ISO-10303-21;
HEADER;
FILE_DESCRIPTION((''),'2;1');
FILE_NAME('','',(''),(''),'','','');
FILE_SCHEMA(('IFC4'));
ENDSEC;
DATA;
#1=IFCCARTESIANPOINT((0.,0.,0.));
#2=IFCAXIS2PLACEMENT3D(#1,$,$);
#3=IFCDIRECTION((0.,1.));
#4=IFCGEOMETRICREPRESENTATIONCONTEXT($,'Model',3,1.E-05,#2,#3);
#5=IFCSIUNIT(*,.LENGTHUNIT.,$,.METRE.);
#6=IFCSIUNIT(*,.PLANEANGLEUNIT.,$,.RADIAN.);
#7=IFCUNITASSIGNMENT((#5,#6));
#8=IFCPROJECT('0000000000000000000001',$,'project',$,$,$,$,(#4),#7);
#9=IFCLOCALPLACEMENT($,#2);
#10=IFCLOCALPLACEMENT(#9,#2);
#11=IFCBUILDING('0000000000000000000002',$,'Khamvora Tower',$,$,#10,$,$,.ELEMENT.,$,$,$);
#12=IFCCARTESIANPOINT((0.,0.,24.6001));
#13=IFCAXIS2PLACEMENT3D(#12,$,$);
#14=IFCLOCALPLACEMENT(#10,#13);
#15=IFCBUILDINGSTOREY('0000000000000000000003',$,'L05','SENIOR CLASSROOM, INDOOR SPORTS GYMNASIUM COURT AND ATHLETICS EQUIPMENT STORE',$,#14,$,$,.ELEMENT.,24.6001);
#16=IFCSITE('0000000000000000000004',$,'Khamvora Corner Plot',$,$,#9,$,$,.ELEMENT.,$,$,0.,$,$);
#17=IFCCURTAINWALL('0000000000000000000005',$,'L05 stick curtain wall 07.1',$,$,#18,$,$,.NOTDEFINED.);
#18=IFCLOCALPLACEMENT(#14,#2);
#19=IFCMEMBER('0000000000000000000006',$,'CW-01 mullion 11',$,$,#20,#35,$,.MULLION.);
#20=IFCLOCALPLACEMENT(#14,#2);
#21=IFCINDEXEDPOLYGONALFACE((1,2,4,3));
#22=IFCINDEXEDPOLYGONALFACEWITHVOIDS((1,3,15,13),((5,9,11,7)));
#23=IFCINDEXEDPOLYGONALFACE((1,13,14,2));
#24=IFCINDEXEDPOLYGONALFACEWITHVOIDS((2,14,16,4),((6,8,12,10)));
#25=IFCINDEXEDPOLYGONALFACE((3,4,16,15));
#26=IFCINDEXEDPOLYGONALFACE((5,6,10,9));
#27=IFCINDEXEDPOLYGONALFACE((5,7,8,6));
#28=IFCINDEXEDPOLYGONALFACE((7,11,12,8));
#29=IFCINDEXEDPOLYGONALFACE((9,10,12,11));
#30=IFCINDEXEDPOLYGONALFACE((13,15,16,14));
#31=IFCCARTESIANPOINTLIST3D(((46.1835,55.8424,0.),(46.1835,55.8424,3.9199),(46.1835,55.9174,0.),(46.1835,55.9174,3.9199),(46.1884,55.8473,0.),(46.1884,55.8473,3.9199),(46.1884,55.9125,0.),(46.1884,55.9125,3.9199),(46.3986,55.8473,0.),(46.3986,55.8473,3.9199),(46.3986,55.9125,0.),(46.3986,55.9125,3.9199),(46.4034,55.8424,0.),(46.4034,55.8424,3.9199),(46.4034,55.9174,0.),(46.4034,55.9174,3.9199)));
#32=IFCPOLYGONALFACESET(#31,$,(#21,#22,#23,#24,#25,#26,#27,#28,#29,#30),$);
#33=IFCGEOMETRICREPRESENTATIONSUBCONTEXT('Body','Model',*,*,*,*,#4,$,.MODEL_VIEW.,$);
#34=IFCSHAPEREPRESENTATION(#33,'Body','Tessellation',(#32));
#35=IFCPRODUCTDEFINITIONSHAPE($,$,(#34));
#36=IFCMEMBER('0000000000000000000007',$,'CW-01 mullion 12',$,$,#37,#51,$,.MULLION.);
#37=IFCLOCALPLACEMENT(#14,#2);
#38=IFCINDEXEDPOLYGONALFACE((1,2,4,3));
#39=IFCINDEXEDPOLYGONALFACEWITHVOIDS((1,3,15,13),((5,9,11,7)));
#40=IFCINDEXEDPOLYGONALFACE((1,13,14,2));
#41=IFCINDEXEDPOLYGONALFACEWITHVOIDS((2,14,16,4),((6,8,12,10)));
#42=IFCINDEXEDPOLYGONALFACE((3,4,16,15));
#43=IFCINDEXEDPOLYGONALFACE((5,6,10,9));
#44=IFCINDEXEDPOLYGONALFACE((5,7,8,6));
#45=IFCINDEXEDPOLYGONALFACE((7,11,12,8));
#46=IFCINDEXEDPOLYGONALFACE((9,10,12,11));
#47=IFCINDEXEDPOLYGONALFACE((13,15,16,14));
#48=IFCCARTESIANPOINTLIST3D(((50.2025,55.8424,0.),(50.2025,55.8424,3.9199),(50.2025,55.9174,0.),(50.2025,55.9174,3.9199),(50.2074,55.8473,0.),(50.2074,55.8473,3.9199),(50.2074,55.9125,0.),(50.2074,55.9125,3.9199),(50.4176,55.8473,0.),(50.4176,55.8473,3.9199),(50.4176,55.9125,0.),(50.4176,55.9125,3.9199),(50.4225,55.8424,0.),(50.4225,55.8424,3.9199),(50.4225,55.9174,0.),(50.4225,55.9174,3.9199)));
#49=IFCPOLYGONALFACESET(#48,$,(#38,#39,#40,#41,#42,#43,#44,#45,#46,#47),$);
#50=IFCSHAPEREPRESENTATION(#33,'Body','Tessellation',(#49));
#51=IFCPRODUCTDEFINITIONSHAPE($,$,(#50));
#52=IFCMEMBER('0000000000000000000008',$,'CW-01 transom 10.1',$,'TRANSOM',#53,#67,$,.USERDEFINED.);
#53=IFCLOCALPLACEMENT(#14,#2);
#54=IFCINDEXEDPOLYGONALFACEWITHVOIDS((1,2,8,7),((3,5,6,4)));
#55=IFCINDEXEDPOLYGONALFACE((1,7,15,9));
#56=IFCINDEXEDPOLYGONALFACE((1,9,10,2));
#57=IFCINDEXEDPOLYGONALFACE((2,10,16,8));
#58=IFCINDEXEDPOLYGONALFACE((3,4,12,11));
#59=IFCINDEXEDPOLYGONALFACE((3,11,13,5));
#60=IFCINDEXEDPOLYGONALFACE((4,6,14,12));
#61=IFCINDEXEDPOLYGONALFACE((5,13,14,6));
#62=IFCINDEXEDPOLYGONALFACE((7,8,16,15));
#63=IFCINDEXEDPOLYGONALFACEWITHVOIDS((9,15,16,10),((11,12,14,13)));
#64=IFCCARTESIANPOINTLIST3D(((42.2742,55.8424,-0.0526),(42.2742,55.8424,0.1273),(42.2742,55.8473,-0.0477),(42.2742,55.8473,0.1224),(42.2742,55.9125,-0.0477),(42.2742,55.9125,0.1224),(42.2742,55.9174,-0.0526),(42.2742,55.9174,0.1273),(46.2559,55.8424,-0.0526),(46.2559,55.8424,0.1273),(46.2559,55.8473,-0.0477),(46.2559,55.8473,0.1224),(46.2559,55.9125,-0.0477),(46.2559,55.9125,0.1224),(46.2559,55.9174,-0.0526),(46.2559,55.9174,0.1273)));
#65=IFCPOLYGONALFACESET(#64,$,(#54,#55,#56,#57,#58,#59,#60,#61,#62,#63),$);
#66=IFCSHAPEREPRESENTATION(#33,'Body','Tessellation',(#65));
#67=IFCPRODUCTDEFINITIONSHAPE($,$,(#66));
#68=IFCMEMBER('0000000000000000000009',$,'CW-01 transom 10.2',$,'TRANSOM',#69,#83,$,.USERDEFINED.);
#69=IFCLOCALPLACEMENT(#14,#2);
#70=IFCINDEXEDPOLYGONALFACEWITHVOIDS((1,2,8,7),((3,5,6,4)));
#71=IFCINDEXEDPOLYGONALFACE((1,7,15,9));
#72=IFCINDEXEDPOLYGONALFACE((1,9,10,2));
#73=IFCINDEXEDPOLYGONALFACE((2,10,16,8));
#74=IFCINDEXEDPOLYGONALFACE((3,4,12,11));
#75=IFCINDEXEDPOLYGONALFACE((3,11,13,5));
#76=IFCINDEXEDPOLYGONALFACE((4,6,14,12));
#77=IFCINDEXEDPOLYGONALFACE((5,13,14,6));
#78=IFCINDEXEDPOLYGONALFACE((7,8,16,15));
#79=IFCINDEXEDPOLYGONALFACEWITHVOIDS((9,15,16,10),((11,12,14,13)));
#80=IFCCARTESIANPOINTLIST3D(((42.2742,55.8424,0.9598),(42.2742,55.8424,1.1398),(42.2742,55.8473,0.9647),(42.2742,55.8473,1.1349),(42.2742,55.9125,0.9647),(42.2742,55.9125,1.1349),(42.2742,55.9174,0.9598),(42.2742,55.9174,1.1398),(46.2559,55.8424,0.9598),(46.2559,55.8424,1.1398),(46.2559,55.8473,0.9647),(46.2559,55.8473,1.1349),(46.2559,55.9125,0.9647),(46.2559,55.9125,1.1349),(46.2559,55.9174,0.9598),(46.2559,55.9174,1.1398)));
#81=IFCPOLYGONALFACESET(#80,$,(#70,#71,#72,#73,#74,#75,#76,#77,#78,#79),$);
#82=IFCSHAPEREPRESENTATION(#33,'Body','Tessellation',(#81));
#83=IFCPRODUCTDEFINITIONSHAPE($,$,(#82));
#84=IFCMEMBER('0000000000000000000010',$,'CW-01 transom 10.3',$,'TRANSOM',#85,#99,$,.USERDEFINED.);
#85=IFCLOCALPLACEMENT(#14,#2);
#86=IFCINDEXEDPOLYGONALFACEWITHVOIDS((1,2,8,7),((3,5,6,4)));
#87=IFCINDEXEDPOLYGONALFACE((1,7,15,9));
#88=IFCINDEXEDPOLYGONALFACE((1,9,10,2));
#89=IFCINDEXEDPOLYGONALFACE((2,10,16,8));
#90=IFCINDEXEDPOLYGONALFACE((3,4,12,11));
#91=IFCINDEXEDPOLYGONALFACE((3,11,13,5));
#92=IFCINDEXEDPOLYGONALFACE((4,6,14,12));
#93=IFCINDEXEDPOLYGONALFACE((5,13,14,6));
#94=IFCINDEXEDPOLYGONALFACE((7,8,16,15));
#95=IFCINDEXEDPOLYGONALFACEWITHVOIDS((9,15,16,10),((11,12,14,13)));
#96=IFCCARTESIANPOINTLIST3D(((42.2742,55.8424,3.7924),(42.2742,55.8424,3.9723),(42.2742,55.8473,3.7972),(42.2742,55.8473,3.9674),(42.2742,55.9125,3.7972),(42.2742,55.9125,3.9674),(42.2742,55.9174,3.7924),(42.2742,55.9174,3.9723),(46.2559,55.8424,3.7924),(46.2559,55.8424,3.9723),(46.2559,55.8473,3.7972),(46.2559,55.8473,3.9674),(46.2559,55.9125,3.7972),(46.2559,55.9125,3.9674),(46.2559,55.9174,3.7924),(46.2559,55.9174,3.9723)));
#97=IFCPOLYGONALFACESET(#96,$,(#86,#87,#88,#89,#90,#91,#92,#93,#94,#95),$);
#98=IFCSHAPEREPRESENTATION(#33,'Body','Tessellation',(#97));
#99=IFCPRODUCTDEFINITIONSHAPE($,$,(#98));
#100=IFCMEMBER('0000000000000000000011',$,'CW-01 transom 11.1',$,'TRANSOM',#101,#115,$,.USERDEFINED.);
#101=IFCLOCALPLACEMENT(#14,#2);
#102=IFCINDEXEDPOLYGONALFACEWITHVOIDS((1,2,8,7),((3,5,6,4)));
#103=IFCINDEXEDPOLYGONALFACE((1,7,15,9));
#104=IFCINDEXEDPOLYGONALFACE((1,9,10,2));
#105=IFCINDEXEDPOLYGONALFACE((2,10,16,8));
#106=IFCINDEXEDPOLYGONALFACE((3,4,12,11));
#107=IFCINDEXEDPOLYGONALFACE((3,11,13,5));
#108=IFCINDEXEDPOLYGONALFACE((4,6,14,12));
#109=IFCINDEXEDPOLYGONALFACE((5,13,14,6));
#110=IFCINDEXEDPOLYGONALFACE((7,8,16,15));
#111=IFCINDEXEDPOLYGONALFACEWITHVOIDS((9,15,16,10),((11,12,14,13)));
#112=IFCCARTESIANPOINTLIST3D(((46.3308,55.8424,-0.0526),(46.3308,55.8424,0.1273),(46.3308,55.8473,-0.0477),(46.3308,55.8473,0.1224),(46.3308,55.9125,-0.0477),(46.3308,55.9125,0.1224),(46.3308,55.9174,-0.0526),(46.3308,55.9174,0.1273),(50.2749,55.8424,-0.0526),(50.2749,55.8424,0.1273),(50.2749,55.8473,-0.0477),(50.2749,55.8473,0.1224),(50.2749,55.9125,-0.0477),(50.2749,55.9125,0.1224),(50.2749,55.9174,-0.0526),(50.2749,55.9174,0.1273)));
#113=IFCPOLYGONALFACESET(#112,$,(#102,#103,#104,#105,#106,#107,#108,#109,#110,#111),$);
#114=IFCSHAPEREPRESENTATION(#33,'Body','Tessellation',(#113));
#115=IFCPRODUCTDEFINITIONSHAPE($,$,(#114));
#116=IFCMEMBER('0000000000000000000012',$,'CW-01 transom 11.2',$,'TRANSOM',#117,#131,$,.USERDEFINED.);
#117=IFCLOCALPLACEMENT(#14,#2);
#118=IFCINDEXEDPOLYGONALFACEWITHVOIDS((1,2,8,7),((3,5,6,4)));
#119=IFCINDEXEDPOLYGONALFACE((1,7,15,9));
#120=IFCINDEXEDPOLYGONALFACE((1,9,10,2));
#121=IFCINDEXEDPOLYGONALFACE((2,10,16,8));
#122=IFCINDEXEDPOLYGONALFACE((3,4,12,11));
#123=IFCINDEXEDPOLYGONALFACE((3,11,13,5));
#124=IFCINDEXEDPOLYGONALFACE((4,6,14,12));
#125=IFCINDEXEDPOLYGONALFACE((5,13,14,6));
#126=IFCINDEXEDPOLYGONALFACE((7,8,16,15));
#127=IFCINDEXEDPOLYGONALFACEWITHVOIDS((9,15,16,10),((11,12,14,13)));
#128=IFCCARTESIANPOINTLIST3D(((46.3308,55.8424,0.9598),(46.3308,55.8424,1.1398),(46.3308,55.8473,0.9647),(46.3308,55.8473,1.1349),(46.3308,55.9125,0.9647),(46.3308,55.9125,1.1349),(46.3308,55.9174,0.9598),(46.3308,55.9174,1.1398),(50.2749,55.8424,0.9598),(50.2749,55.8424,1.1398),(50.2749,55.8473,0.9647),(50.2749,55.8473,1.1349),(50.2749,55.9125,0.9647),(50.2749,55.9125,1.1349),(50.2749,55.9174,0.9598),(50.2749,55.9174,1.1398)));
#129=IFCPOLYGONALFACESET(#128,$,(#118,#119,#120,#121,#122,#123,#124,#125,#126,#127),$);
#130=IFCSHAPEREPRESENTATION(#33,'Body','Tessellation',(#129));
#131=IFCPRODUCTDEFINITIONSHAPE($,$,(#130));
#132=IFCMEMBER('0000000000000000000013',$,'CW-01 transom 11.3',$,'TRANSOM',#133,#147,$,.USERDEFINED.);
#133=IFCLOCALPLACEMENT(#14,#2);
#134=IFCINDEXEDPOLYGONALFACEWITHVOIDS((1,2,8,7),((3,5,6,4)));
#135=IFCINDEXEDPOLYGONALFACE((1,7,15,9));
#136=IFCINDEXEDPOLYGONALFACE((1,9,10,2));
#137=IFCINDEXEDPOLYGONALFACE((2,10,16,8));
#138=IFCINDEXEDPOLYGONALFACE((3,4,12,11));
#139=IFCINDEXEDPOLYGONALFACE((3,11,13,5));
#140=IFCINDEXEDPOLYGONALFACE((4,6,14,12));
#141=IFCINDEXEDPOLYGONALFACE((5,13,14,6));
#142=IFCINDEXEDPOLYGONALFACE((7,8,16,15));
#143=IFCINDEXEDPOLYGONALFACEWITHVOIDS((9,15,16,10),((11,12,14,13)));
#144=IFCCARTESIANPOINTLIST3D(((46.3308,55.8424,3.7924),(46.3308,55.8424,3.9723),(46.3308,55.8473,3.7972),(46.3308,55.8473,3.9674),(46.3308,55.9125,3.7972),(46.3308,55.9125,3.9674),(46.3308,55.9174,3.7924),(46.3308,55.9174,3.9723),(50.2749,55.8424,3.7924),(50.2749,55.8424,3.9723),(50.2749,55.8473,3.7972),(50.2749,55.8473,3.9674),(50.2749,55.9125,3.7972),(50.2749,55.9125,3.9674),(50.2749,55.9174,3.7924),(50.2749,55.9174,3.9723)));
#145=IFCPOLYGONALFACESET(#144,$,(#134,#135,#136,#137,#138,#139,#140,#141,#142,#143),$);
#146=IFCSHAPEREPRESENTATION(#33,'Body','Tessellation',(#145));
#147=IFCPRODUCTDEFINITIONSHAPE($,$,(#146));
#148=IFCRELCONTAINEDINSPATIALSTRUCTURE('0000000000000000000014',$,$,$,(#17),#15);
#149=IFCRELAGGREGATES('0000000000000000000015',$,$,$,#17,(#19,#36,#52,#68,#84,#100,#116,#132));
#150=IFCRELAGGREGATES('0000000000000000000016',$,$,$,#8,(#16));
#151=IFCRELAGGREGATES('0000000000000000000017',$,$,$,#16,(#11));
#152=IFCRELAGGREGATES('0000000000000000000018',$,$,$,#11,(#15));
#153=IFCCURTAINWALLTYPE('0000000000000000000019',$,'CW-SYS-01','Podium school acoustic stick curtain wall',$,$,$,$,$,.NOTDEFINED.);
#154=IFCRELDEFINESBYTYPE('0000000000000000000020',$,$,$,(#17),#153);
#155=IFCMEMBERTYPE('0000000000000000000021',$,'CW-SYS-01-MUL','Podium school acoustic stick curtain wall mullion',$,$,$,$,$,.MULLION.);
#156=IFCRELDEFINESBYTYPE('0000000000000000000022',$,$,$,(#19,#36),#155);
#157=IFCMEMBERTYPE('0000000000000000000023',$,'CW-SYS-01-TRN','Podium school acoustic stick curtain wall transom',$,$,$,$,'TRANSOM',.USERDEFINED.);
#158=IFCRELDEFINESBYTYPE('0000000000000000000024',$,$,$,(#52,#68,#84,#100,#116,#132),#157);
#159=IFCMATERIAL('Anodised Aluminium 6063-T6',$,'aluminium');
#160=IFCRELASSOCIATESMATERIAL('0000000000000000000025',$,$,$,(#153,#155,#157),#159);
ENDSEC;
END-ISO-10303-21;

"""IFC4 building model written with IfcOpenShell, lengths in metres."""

from ifc_helpers import new_model, si_unit, direction, frame, origin, origin_2d, place, context, subcontext, project, spatial, hollow_rectangle, extrude, material, material_profile, profile_set, type_object, element, aggregate, save


model = new_model("IFC4")

# Units and contexts
model_context = context("Model", 3, precision=1e-05, world=origin(), true_north=direction((0.0, 1.0)))
body_context = subcontext(model_context, "Body", "Model", "MODEL_VIEW")
ifc_project = project(units=[si_unit("LENGTHUNIT", "METRE"), si_unit("PLANEANGLEUNIT", "RADIAN")], contexts=[model_context])

# Site, building, storey
site_placement = place(None, origin())
site = spatial("IfcSite", under=ifc_project, at=site_placement, Name="Khamvora Corner Plot", CompositionType="ELEMENT", RefElevation=0.0)
building_placement = place(site_placement, origin())
building = spatial("IfcBuilding", under=site, at=building_placement, Name="Khamvora Tower", CompositionType="ELEMENT")
storey_placement = place(building_placement, frame((0.0, 0.0, 24.6001)))
storey = spatial("IfcBuildingStorey", under=building, at=storey_placement, Name="L05", Description="SENIOR CLASSROOM, INDOOR SPORTS GYMNASIUM COURT AND ATHLETICS EQUIPMENT STORE", CompositionType="ELEMENT", Elevation=24.6001)

# Curtain wall, members
ifc_material_1 = material(Name="Anodised Aluminium 6063-T6", Category="aluminium")
curtain_wall_type = type_object("IfcCurtainWallType", Name="CW-SYS-01", Description="Podium school acoustic stick curtain wall", PredefinedType="NOTDEFINED", material=ifc_material_1)
curtain_wall_placement = place(storey_placement, origin())
curtain_wall = element("IfcCurtainWall", 1, at=curtain_wall_placement, inside=storey, type_object=curtain_wall_type, Name="L05 stick curtain wall 07.1", PredefinedType="NOTDEFINED")
ifc_material_profile_1 = material_profile(ifc_material_1, hollow_rectangle(XDim=0.075, YDim=0.22, WallThickness=0.0049, at=origin_2d()), Name="MUL75x220x5")
ifc_profile_set_1 = profile_set([ifc_material_profile_1], Name="Anodised Aluminium 6063-T6")
member_type_1 = type_object("IfcMemberType", Name="CW-SYS-01-MUL", Description="Podium school acoustic stick curtain wall mullion", PredefinedType="MULLION", material=ifc_profile_set_1)
member_1_placement = place(storey_placement, frame((46.2935, 55.8799, 0.0), z_axis=(0.0, 0.0, 1.0), x_axis=(0.0, 1.0, 0.0)))
member_1 = element("IfcMember", 2, at=member_1_placement, type_object=member_type_1, Name="CW-01 mullion 11", PredefinedType="MULLION", context=body_context, shape_type="SweptSolid", body=[
    extrude(hollow_rectangle(XDim=0.075, YDim=0.22, WallThickness=0.0049, at=origin_2d()), origin(), (0.0, 0.0, 1.0), 3.9199),
])
member_2_placement = place(storey_placement, frame((50.3125, 55.8799, 0.0), z_axis=(0.0, 0.0, 1.0), x_axis=(0.0, 1.0, 0.0)))
member_2 = element("IfcMember", 3, at=member_2_placement, type_object=member_type_1, Name="CW-01 mullion 12", PredefinedType="MULLION", context=body_context, shape_type="SweptSolid", body=[
    extrude(hollow_rectangle(XDim=0.075, YDim=0.22, WallThickness=0.0049, at=origin_2d()), origin(), (0.0, 0.0, 1.0), 3.9199),
])
ifc_material_profile_2 = material_profile(ifc_material_1, hollow_rectangle(XDim=0.075, YDim=0.1799, WallThickness=0.0049, at=origin_2d()), Name="TRN75x180x5")
ifc_profile_set_2 = profile_set([ifc_material_profile_2], Name="Anodised Aluminium 6063-T6")
member_type_2 = type_object("IfcMemberType", Name="CW-SYS-01-TRN", Description="Podium school acoustic stick curtain wall transom", ElementType="TRANSOM", PredefinedType="USERDEFINED", material=ifc_profile_set_2)
member_3_placement = place(storey_placement, frame((42.2742, 55.8799, 0.0374), z_axis=(1.0, 0.0, 0.0), x_axis=(0.0, 1.0, 0.0)))
member_3 = element("IfcMember", 4, at=member_3_placement, type_object=member_type_2, Name="CW-01 transom 10.1", ObjectType="TRANSOM", PredefinedType="USERDEFINED", context=body_context, shape_type="SweptSolid", body=[
    extrude(hollow_rectangle(XDim=0.075, YDim=0.1799, WallThickness=0.0049, at=origin_2d()), origin(), (0.0, 0.0, 1.0), 3.9817),
])
member_4_placement = place(storey_placement, frame((42.2742, 55.8799, 1.0498), z_axis=(1.0, 0.0, 0.0), x_axis=(0.0, 1.0, 0.0)))
member_4 = element("IfcMember", 5, at=member_4_placement, type_object=member_type_2, Name="CW-01 transom 10.2", ObjectType="TRANSOM", PredefinedType="USERDEFINED", context=body_context, shape_type="SweptSolid", body=[
    extrude(hollow_rectangle(XDim=0.075, YDim=0.1799, WallThickness=0.0049, at=origin_2d()), origin(), (0.0, 0.0, 1.0), 3.9817),
])
member_5_placement = place(storey_placement, frame((42.2742, 55.8799, 3.8823), z_axis=(1.0, 0.0, 0.0), x_axis=(0.0, 1.0, 0.0)))
member_5 = element("IfcMember", 6, at=member_5_placement, type_object=member_type_2, Name="CW-01 transom 10.3", ObjectType="TRANSOM", PredefinedType="USERDEFINED", context=body_context, shape_type="SweptSolid", body=[
    extrude(hollow_rectangle(XDim=0.075, YDim=0.1799, WallThickness=0.0049, at=origin_2d()), origin(), (0.0, 0.0, 1.0), 3.9817),
])
member_6_placement = place(storey_placement, frame((46.3308, 55.8799, 0.0374), z_axis=(1.0, 0.0, 0.0), x_axis=(0.0, 1.0, 0.0)))
member_6 = element("IfcMember", 7, at=member_6_placement, type_object=member_type_2, Name="CW-01 transom 11.1", ObjectType="TRANSOM", PredefinedType="USERDEFINED", context=body_context, shape_type="SweptSolid", body=[
    extrude(hollow_rectangle(XDim=0.075, YDim=0.1799, WallThickness=0.0049, at=origin_2d()), origin(), (0.0, 0.0, 1.0), 3.9441),
])
member_7_placement = place(storey_placement, frame((46.3308, 55.8799, 1.0498), z_axis=(1.0, 0.0, 0.0), x_axis=(0.0, 1.0, 0.0)))
member_7 = element("IfcMember", 8, at=member_7_placement, type_object=member_type_2, Name="CW-01 transom 11.2", ObjectType="TRANSOM", PredefinedType="USERDEFINED", context=body_context, shape_type="SweptSolid", body=[
    extrude(hollow_rectangle(XDim=0.075, YDim=0.1799, WallThickness=0.0049, at=origin_2d()), origin(), (0.0, 0.0, 1.0), 3.9441),
])
member_8_placement = place(storey_placement, frame((46.3308, 55.8799, 3.8823), z_axis=(1.0, 0.0, 0.0), x_axis=(0.0, 1.0, 0.0)))
member_8 = element("IfcMember", 9, at=member_8_placement, type_object=member_type_2, Name="CW-01 transom 11.3", ObjectType="TRANSOM", PredefinedType="USERDEFINED", context=body_context, shape_type="SweptSolid", body=[
    extrude(hollow_rectangle(XDim=0.075, YDim=0.1799, WallThickness=0.0049, at=origin_2d()), origin(), (0.0, 0.0, 1.0), 3.9441),
])

aggregate(curtain_wall, [member_1, member_2, member_3, member_4, member_5, member_6, member_7, member_8])

save(model, "model.ifc")
